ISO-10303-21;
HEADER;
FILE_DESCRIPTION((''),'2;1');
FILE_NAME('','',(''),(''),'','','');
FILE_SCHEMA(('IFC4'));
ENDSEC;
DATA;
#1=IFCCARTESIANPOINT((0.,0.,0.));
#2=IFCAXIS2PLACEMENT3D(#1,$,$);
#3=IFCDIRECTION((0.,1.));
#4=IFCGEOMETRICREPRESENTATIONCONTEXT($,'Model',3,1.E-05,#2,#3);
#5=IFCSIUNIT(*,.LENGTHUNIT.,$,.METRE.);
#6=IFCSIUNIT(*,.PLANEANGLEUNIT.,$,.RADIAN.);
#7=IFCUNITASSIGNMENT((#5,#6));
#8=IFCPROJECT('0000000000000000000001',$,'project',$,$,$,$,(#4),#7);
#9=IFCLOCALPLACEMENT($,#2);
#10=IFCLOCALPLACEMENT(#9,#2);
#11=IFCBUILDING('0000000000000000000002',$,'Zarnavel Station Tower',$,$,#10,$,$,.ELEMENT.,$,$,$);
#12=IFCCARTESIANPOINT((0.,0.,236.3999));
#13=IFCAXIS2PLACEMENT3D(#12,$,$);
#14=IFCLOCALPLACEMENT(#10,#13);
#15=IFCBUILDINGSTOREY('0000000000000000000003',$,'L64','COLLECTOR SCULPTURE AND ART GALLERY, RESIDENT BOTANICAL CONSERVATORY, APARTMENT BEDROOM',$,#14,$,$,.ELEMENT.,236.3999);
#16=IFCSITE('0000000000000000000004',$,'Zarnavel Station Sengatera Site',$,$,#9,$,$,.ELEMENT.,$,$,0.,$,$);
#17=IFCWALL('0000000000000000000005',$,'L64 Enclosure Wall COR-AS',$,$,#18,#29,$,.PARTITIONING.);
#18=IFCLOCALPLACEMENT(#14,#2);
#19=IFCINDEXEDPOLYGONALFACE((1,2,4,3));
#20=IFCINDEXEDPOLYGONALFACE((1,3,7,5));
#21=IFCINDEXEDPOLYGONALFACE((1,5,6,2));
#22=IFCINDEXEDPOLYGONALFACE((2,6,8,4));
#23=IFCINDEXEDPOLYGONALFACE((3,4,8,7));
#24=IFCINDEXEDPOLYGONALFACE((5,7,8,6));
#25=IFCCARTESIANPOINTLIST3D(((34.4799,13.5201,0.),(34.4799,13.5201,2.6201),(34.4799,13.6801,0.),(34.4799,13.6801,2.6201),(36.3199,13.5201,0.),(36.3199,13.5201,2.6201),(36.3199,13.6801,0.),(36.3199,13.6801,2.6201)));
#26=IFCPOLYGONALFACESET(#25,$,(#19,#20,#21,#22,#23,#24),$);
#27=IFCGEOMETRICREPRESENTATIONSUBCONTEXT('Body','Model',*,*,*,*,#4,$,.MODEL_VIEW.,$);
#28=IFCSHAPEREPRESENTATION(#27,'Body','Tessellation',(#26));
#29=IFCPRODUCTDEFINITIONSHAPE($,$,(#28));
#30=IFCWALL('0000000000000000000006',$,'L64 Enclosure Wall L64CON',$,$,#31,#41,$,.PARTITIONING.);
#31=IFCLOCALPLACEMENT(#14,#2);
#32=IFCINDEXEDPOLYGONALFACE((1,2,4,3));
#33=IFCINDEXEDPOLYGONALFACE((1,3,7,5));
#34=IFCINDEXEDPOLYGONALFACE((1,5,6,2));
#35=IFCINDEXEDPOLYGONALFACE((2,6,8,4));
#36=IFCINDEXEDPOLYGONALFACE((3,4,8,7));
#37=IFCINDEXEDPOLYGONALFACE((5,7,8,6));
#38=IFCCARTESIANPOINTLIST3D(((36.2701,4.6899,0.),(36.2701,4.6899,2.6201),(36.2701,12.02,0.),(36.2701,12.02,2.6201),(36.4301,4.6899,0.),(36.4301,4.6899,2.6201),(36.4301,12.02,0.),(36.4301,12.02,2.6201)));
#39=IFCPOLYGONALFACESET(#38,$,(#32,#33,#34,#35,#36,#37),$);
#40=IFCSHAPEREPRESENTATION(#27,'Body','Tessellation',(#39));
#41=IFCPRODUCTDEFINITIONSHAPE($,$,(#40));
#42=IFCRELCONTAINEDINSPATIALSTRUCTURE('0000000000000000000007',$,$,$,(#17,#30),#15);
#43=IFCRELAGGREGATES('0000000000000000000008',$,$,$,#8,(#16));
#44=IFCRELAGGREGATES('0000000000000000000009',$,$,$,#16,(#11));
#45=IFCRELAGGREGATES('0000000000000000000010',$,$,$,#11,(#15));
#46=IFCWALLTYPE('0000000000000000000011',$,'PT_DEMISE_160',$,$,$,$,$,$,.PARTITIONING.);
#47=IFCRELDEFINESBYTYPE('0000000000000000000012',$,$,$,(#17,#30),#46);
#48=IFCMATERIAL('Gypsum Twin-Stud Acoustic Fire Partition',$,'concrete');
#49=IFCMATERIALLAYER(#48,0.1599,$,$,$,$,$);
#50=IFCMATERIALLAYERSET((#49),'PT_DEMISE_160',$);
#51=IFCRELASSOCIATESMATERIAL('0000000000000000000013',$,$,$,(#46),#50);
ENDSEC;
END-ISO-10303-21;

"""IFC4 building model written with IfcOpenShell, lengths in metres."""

from ifc_helpers import new_model, si_unit, direction, frame, frame_2d, origin, place, context, subcontext, project, spatial, rectangle, extrude, material, layer, layer_set, type_object, element, save


model = new_model("IFC4")

# Units and contexts
model_context = context("Model", 3, precision=1e-05, world=origin(), true_north=direction((0.0, 1.0)))
body_context = subcontext(model_context, "Body", "Model", "MODEL_VIEW")
ifc_project = project(units=[si_unit("LENGTHUNIT", "METRE"), si_unit("PLANEANGLEUNIT", "RADIAN")], contexts=[model_context])

# Site, building, storey
site_placement = place(None, origin())
site = spatial("IfcSite", under=ifc_project, at=site_placement, Name="Zarnavel Station Sengatera Site", CompositionType="ELEMENT", RefElevation=0.0)
building_placement = place(site_placement, origin())
building = spatial("IfcBuilding", under=site, at=building_placement, Name="Zarnavel Station Tower", CompositionType="ELEMENT")
storey_placement = place(building_placement, frame((0.0, 0.0, 236.3999)))
storey = spatial("IfcBuildingStorey", under=building, at=storey_placement, Name="L64", Description="COLLECTOR SCULPTURE AND ART GALLERY, RESIDENT BOTANICAL CONSERVATORY, APARTMENT BEDROOM", CompositionType="ELEMENT", Elevation=236.3999)

# Walls
ifc_material_1 = material(Name="Gypsum Twin-Stud Acoustic Fire Partition", Category="concrete")
ifc_layer_1 = layer(ifc_material_1, 0.1599)
ifc_layer_set_1 = layer_set([ifc_layer_1], Name="PT_DEMISE_160")
wall_type = type_object("IfcWallType", Name="PT_DEMISE_160", PredefinedType="PARTITIONING", material=ifc_layer_set_1)
wall_1_placement = place(storey_placement, frame((34.48, 13.6001, 0.0), z_axis=(0.0, 0.0, 1.0), x_axis=(1.0, 0.0, 0.0)))
element("IfcWall", 1, at=wall_1_placement, inside=storey, type_object=wall_type, Name="L64 Enclosure Wall COR-AS", PredefinedType="PARTITIONING", context=body_context, shape_type="SweptSolid", body=[
    extrude(rectangle(XDim=1.8401, YDim=0.1599, at=frame_2d((0.9199, 0.0))), origin(), (0.0, 0.0, 1.0), 2.6201),
])
wall_2_placement = place(storey_placement, frame((36.3501, 4.6899, 0.0), z_axis=(0.0, 0.0, 1.0), x_axis=(0.0, 1.0, 0.0)))
element("IfcWall", 2, at=wall_2_placement, inside=storey, type_object=wall_type, Name="L64 Enclosure Wall L64CON", PredefinedType="PARTITIONING", context=body_context, shape_type="SweptSolid", body=[
    extrude(rectangle(XDim=7.3301, YDim=0.1599, at=frame_2d((3.665, 0.0))), origin(), (0.0, 0.0, 1.0), 2.6201),
])

save(model, "model.ifc")
